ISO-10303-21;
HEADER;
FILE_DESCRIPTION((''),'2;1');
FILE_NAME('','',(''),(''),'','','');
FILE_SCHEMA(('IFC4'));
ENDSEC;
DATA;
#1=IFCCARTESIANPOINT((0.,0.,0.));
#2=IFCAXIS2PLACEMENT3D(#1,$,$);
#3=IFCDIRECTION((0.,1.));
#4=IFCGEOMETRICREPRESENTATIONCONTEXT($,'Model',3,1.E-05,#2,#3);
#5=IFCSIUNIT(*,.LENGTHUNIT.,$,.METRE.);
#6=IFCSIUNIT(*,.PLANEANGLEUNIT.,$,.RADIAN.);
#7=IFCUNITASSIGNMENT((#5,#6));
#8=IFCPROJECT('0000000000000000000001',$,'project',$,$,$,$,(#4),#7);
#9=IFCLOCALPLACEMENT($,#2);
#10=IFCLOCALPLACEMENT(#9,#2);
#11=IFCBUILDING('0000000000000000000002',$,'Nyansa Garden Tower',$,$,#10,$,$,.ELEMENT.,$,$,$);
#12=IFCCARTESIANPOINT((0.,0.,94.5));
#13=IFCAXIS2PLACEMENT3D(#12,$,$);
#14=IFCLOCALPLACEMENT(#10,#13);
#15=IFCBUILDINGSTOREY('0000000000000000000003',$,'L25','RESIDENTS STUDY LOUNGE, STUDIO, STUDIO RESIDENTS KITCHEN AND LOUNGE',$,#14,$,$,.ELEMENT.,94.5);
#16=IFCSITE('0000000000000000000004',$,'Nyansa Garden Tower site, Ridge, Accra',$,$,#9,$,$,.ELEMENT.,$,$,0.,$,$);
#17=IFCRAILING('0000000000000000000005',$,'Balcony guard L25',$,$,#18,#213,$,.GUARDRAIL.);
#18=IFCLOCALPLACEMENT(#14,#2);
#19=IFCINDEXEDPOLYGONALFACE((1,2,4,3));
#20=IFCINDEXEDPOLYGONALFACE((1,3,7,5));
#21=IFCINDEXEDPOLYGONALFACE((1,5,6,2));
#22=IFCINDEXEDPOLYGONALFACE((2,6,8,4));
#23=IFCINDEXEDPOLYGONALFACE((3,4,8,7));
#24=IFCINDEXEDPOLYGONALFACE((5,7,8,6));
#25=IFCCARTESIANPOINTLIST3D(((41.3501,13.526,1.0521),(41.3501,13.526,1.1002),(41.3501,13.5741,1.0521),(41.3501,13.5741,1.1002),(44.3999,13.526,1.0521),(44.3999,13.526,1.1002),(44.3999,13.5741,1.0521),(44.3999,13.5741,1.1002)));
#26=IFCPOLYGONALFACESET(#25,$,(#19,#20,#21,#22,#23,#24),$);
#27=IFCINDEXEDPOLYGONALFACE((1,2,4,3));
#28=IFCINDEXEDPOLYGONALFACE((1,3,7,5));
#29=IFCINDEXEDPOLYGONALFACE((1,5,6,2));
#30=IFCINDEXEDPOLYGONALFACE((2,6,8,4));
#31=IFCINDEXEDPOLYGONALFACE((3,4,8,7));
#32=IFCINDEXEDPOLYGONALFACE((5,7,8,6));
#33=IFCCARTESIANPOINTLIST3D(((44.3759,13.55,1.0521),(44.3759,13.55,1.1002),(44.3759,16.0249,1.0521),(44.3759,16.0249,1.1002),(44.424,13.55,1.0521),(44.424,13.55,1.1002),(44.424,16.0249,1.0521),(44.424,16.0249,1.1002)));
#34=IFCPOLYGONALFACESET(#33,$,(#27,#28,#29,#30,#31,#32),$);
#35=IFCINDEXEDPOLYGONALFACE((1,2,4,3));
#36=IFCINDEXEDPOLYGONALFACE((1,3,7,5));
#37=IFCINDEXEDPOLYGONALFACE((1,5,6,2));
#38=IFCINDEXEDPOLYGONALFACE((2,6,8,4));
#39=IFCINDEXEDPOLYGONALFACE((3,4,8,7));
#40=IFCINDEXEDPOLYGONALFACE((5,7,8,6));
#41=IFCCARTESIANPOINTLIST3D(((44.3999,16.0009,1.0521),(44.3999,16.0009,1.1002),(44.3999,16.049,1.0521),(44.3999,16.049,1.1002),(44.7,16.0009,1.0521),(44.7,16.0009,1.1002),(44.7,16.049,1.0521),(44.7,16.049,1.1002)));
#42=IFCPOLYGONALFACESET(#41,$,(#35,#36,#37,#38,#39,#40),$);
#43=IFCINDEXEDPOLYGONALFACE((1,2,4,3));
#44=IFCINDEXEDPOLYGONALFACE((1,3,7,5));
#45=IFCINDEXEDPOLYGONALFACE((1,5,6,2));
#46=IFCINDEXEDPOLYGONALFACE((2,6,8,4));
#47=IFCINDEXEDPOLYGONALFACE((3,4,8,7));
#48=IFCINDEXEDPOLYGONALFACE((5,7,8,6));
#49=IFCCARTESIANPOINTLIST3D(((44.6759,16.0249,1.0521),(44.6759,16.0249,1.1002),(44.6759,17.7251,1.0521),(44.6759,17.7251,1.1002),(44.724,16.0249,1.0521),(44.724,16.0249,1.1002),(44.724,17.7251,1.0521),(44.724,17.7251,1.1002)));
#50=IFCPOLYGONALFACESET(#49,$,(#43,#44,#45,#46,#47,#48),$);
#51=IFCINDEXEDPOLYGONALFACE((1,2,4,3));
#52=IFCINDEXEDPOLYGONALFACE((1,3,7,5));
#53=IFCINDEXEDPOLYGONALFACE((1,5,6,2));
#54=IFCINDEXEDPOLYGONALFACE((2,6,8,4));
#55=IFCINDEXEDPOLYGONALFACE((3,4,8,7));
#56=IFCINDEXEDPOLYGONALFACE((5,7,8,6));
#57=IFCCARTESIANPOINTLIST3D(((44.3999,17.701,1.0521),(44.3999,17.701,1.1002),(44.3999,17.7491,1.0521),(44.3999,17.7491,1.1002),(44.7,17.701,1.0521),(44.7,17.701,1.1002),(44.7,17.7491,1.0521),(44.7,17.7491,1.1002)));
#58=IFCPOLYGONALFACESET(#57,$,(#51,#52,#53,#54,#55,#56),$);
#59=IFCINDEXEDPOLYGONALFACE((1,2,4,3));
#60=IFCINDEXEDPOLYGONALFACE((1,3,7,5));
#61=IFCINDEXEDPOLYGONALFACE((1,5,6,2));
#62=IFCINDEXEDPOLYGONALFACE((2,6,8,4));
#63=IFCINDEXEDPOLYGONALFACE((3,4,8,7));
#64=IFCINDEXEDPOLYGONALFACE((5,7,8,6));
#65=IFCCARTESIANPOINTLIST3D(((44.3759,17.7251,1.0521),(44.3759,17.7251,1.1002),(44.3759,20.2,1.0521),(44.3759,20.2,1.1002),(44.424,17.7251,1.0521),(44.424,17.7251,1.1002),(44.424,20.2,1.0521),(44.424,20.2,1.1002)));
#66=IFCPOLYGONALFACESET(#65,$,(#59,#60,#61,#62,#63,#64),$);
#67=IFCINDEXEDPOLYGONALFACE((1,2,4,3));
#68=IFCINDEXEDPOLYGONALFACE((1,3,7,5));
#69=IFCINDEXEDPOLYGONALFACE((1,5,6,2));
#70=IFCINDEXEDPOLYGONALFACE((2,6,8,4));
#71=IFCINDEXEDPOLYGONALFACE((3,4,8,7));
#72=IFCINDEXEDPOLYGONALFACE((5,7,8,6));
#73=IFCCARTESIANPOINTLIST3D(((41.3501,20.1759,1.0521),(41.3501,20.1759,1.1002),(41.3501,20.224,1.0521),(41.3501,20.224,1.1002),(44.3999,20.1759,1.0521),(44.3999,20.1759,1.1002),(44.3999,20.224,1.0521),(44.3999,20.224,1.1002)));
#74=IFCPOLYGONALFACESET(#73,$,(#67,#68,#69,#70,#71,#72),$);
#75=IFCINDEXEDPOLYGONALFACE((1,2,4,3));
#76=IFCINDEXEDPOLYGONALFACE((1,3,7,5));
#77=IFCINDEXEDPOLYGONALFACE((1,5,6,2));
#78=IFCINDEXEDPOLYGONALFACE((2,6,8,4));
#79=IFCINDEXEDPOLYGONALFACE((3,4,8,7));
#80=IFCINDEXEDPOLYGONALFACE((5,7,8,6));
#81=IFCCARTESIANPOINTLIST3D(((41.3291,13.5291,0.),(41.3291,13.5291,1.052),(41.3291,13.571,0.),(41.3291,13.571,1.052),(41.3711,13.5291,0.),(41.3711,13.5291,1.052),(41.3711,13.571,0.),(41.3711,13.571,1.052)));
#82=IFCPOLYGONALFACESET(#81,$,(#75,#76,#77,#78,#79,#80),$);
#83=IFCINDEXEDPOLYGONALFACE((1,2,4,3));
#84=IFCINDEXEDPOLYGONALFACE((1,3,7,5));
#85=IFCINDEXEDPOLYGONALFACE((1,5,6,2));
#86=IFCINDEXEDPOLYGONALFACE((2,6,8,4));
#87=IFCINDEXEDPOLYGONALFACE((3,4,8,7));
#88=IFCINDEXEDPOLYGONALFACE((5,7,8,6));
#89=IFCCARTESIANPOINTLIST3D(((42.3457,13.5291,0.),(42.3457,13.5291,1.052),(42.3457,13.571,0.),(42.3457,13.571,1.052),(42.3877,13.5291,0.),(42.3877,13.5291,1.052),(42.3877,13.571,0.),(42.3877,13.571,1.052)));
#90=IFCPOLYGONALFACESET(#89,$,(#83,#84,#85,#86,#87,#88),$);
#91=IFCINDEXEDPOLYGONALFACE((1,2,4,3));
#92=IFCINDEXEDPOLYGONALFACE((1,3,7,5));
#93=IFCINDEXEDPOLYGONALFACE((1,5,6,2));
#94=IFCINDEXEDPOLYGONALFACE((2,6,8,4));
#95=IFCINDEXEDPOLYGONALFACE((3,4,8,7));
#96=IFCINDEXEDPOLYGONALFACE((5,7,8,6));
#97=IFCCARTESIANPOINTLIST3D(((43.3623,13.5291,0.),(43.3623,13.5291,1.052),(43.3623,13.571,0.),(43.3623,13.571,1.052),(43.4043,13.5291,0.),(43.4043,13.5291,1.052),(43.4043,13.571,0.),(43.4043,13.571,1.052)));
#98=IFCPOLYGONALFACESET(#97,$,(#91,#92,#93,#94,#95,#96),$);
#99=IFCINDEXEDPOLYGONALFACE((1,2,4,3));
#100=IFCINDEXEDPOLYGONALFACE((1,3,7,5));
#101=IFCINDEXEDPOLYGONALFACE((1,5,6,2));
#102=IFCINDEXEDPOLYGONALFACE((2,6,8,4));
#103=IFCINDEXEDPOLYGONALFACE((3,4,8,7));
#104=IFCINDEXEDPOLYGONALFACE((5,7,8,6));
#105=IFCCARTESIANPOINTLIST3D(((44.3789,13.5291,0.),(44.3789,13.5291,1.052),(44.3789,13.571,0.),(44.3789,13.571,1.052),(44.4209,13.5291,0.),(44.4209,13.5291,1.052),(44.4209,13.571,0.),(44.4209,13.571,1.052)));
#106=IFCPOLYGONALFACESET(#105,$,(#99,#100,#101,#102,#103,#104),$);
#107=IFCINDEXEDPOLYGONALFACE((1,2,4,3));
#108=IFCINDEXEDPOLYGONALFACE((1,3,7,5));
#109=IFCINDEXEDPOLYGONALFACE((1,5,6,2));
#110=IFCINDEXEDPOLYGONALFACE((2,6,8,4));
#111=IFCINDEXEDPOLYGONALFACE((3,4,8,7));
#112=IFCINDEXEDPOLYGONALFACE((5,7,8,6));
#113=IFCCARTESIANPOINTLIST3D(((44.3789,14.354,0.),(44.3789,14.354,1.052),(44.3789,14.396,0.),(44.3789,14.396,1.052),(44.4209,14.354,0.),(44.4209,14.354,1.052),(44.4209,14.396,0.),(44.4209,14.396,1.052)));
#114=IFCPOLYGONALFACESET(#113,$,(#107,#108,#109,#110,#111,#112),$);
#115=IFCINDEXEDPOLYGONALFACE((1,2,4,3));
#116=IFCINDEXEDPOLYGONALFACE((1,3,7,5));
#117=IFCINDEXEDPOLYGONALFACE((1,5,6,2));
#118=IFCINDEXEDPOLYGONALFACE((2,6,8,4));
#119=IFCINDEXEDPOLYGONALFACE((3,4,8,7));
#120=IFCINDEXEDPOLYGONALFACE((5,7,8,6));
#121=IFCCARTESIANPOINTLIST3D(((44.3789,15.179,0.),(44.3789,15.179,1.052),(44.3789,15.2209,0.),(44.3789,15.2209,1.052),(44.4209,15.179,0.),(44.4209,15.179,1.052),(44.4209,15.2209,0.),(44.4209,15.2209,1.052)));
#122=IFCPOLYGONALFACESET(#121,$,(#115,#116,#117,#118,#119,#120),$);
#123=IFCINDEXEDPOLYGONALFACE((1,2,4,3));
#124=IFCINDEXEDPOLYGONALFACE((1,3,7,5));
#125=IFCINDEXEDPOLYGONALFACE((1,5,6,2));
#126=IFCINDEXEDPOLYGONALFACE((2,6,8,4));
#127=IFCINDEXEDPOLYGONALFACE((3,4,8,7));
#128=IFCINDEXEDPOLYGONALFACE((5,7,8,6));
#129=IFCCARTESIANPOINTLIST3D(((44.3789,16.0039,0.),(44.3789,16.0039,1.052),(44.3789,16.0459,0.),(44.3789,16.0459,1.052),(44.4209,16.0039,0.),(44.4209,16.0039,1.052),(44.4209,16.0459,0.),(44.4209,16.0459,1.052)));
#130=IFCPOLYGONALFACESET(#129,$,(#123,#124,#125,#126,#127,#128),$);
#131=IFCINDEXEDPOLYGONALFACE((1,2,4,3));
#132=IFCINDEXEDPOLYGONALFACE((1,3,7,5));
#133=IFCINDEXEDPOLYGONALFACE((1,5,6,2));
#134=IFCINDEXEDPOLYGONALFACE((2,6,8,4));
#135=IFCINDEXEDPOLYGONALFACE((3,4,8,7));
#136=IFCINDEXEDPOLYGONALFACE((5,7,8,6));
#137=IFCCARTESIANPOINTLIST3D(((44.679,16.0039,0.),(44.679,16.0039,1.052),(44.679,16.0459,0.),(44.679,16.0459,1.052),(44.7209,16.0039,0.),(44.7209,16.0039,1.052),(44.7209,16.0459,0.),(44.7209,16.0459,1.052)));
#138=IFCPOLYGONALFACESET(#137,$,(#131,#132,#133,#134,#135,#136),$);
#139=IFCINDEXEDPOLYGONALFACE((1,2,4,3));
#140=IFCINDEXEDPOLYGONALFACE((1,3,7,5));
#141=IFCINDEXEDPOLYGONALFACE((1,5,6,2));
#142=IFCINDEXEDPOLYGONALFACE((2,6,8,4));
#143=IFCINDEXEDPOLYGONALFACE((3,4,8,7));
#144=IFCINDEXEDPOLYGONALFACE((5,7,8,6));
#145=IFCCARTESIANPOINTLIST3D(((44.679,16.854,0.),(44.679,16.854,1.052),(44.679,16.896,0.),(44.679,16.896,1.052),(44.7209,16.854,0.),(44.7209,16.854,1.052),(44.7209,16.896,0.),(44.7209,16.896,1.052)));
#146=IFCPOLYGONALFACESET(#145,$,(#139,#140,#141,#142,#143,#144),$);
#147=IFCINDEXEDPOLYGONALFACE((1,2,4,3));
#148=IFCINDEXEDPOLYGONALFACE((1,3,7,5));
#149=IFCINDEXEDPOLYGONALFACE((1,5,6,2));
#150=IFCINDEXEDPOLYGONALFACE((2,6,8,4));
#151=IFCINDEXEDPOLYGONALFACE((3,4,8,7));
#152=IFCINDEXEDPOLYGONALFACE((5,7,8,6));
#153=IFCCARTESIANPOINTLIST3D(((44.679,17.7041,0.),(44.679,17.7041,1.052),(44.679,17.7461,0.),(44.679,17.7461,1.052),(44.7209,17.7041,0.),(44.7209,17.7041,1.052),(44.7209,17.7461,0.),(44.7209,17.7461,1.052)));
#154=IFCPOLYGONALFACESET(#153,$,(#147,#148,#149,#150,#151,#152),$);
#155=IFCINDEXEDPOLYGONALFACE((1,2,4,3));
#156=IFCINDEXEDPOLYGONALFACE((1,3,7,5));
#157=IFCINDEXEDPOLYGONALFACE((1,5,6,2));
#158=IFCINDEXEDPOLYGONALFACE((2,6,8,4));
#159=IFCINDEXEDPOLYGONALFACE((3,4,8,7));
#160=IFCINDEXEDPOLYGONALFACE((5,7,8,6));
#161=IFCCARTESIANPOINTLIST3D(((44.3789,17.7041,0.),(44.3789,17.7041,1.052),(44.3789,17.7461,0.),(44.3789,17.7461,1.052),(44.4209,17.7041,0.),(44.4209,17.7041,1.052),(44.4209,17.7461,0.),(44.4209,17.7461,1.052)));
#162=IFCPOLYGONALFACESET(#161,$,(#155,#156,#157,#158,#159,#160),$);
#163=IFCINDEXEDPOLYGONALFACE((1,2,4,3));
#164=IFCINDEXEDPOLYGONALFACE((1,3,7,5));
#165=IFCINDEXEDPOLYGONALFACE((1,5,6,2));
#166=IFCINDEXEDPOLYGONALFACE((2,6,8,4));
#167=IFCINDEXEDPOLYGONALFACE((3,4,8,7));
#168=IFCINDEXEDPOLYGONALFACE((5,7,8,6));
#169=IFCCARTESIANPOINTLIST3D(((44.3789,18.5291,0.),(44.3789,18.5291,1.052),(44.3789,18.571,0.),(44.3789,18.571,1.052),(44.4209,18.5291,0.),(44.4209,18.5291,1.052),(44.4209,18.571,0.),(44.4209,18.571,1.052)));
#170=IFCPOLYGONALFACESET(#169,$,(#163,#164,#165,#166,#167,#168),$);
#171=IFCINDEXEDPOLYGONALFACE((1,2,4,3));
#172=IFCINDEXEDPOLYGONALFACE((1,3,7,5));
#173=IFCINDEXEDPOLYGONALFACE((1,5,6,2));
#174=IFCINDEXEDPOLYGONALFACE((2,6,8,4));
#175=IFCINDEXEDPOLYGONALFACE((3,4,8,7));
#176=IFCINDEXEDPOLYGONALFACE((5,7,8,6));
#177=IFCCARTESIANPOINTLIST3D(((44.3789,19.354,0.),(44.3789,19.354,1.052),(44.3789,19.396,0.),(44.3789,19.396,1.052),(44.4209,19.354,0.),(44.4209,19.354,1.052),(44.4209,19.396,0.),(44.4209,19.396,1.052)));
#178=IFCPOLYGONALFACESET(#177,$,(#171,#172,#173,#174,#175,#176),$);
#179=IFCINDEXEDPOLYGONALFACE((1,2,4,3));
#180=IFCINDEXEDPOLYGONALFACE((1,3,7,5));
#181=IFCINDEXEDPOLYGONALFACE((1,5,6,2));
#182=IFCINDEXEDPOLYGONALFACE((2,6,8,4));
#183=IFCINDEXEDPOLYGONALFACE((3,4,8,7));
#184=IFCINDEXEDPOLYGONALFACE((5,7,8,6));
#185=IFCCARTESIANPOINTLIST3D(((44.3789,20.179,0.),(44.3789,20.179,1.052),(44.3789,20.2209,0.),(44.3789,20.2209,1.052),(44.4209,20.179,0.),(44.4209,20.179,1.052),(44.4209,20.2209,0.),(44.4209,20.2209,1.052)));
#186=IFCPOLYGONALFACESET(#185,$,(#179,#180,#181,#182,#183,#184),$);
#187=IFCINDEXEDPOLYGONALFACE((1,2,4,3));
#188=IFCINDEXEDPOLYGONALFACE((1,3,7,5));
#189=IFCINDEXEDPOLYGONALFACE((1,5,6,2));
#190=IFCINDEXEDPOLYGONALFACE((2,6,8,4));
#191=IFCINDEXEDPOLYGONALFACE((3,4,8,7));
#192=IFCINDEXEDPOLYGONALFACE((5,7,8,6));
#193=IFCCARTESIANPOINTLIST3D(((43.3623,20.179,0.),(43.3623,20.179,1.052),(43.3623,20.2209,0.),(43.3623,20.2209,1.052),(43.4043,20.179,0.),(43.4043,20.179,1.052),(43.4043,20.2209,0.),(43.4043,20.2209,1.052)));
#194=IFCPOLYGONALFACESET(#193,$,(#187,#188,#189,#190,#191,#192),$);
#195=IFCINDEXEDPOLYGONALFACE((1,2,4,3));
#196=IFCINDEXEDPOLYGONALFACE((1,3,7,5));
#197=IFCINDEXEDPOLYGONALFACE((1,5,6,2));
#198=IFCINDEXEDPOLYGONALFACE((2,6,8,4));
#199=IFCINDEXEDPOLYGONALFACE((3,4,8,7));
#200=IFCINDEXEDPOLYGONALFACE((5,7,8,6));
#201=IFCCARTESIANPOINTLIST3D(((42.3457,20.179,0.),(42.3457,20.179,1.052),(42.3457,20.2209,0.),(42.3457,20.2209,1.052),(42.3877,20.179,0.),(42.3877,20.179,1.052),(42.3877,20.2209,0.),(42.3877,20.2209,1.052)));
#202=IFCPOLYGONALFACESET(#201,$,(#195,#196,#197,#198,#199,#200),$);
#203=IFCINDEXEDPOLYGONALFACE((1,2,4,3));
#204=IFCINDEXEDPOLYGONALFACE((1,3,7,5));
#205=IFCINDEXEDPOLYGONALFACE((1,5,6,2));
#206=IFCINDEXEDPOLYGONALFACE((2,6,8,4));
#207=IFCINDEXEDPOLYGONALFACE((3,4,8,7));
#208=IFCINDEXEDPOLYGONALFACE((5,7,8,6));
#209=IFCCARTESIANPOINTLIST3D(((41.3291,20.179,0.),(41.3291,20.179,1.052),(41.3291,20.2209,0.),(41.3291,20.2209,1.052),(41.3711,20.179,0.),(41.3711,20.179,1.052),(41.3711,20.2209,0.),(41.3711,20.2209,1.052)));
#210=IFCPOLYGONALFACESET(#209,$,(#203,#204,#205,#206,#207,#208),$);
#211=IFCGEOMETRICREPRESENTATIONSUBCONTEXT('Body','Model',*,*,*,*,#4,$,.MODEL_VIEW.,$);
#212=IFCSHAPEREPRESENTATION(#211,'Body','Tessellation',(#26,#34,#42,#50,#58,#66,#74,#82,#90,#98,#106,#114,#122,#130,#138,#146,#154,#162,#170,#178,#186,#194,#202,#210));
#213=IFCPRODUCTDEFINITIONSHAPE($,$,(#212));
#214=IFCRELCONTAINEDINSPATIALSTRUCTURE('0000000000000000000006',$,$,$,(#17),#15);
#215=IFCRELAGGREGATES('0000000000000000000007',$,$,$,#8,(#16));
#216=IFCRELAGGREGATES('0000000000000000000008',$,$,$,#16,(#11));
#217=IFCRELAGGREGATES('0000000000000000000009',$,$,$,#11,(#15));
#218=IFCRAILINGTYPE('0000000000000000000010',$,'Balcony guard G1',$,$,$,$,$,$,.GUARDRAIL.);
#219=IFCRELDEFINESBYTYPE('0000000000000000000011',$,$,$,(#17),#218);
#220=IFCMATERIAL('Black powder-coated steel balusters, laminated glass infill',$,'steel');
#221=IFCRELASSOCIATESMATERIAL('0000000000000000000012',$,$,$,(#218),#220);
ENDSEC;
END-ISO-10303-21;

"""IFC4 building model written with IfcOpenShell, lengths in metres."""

from ifc_helpers import new_model, si_unit, direction, frame, origin, origin_2d, place, context, subcontext, project, spatial, rectangle, extrude, material, type_object, element, save


model = new_model("IFC4")

# Units and contexts
model_context = context("Model", 3, precision=1e-05, world=origin(), true_north=direction((0.0, 1.0)))
body_context = subcontext(model_context, "Body", "Model", "MODEL_VIEW")
ifc_project = project(units=[si_unit("LENGTHUNIT", "METRE"), si_unit("PLANEANGLEUNIT", "RADIAN")], contexts=[model_context])

# Site, building, storey
site_placement = place(None, origin())
site = spatial("IfcSite", under=ifc_project, at=site_placement, Name="Nyansa Garden Tower site, Ridge, Accra", CompositionType="ELEMENT", RefElevation=0.0)
building_placement = place(site_placement, origin())
building = spatial("IfcBuilding", under=site, at=building_placement, Name="Nyansa Garden Tower", CompositionType="ELEMENT")
storey_placement = place(building_placement, frame((0.0, 0.0, 94.5)))
storey = spatial("IfcBuildingStorey", under=building, at=storey_placement, Name="L25", Description="RESIDENTS STUDY LOUNGE, STUDIO, STUDIO RESIDENTS KITCHEN AND LOUNGE", CompositionType="ELEMENT", Elevation=94.5)

# Railing
ifc_material_1 = material(Name="Black powder-coated steel balusters, laminated glass infill", Category="steel")
railing_type = type_object("IfcRailingType", Name="Balcony guard G1", PredefinedType="GUARDRAIL", material=ifc_material_1)
railing_placement = place(storey_placement, frame((41.3501, 13.55, 0.0)))
element("IfcRailing", 1, at=railing_placement, inside=storey, type_object=railing_type, Name="Balcony guard L25", PredefinedType="GUARDRAIL", context=body_context, shape_type="SweptSolid", body=[
    extrude(rectangle(XDim=0.0481, YDim=0.0481, at=origin_2d()), frame((0.0, 0.0, 1.0762), z_axis=(1.0, 0.0, 0.0), x_axis=(0.0, 1.0, 0.0)), (0.0, 0.0, 1.0), 3.0498),
    extrude(rectangle(XDim=0.0481, YDim=0.0481, at=origin_2d()), frame((3.0498, 0.0, 1.0762), z_axis=(0.0, 1.0, 0.0), x_axis=(-1.0, 0.0, 0.0)), (0.0, 0.0, 1.0), 2.4749),
    extrude(rectangle(XDim=0.0481, YDim=0.0481, at=origin_2d()), frame((3.0498, 2.4749, 1.0762), z_axis=(1.0, 0.0, 0.0), x_axis=(0.0, 1.0, 0.0)), (0.0, 0.0, 1.0), 0.3),
    extrude(rectangle(XDim=0.0481, YDim=0.0481, at=origin_2d()), frame((3.3499, 2.4749, 1.0762), z_axis=(0.0, 1.0, 0.0), x_axis=(-1.0, 0.0, 0.0)), (0.0, 0.0, 1.0), 1.7002),
    extrude(rectangle(XDim=0.0481, YDim=0.0481, at=origin_2d()), frame((3.3499, 4.175, 1.0762), z_axis=(-1.0, 0.0, 0.0), x_axis=(0.0, -1.0, 0.0)), (0.0, 0.0, 1.0), 0.3),
    extrude(rectangle(XDim=0.0481, YDim=0.0481, at=origin_2d()), frame((3.0498, 4.175, 1.0762), z_axis=(0.0, 1.0, 0.0), x_axis=(-1.0, 0.0, 0.0)), (0.0, 0.0, 1.0), 2.4749),
    extrude(rectangle(XDim=0.0481, YDim=0.0481, at=origin_2d()), frame((3.0498, 6.6499, 1.0762), z_axis=(-1.0, 0.0, 0.0), x_axis=(0.0, -1.0, 0.0)), (0.0, 0.0, 1.0), 3.0498),
    extrude(rectangle(XDim=0.042, YDim=0.042, at=origin_2d()), origin(), (0.0, 0.0, 1.0), 1.052),
    extrude(rectangle(XDim=0.042, YDim=0.042, at=origin_2d()), frame((1.0166, 0.0, 0.0)), (0.0, 0.0, 1.0), 1.052),
    extrude(rectangle(XDim=0.042, YDim=0.042, at=origin_2d()), frame((2.0332, 0.0, 0.0)), (0.0, 0.0, 1.0), 1.052),
    extrude(rectangle(XDim=0.042, YDim=0.042, at=origin_2d()), frame((3.0498, 0.0, 0.0)), (0.0, 0.0, 1.0), 1.052),
    extrude(rectangle(XDim=0.042, YDim=0.042, at=origin_2d()), frame((3.0498, 0.825, 0.0)), (0.0, 0.0, 1.0), 1.052),
    extrude(rectangle(XDim=0.042, YDim=0.042, at=origin_2d()), frame((3.0498, 1.6499, 0.0)), (0.0, 0.0, 1.0), 1.052),
    extrude(rectangle(XDim=0.042, YDim=0.042, at=origin_2d()), frame((3.0498, 2.4749, 0.0)), (0.0, 0.0, 1.0), 1.052),
    extrude(rectangle(XDim=0.042, YDim=0.042, at=origin_2d()), frame((3.3499, 2.4749, 0.0)), (0.0, 0.0, 1.0), 1.052),
    extrude(rectangle(XDim=0.042, YDim=0.042, at=origin_2d()), frame((3.3499, 3.325, 0.0)), (0.0, 0.0, 1.0), 1.052),
    extrude(rectangle(XDim=0.042, YDim=0.042, at=origin_2d()), frame((3.3499, 4.175, 0.0)), (0.0, 0.0, 1.0), 1.052),
    extrude(rectangle(XDim=0.042, YDim=0.042, at=origin_2d()), frame((3.0498, 4.175, 0.0)), (0.0, 0.0, 1.0), 1.052),
    extrude(rectangle(XDim=0.042, YDim=0.042, at=origin_2d()), frame((3.0498, 5.0, 0.0)), (0.0, 0.0, 1.0), 1.052),
    extrude(rectangle(XDim=0.042, YDim=0.042, at=origin_2d()), frame((3.0498, 5.825, 0.0)), (0.0, 0.0, 1.0), 1.052),
    extrude(rectangle(XDim=0.042, YDim=0.042, at=origin_2d()), frame((3.0498, 6.6499, 0.0)), (0.0, 0.0, 1.0), 1.052),
    extrude(rectangle(XDim=0.042, YDim=0.042, at=origin_2d()), frame((2.0332, 6.6499, 0.0)), (0.0, 0.0, 1.0), 1.052),
    extrude(rectangle(XDim=0.042, YDim=0.042, at=origin_2d()), frame((1.0166, 6.6499, 0.0)), (0.0, 0.0, 1.0), 1.052),
    extrude(rectangle(XDim=0.042, YDim=0.042, at=origin_2d()), frame((0.0, 6.6499, 0.0)), (0.0, 0.0, 1.0), 1.052),
])

save(model, "model.ifc")
